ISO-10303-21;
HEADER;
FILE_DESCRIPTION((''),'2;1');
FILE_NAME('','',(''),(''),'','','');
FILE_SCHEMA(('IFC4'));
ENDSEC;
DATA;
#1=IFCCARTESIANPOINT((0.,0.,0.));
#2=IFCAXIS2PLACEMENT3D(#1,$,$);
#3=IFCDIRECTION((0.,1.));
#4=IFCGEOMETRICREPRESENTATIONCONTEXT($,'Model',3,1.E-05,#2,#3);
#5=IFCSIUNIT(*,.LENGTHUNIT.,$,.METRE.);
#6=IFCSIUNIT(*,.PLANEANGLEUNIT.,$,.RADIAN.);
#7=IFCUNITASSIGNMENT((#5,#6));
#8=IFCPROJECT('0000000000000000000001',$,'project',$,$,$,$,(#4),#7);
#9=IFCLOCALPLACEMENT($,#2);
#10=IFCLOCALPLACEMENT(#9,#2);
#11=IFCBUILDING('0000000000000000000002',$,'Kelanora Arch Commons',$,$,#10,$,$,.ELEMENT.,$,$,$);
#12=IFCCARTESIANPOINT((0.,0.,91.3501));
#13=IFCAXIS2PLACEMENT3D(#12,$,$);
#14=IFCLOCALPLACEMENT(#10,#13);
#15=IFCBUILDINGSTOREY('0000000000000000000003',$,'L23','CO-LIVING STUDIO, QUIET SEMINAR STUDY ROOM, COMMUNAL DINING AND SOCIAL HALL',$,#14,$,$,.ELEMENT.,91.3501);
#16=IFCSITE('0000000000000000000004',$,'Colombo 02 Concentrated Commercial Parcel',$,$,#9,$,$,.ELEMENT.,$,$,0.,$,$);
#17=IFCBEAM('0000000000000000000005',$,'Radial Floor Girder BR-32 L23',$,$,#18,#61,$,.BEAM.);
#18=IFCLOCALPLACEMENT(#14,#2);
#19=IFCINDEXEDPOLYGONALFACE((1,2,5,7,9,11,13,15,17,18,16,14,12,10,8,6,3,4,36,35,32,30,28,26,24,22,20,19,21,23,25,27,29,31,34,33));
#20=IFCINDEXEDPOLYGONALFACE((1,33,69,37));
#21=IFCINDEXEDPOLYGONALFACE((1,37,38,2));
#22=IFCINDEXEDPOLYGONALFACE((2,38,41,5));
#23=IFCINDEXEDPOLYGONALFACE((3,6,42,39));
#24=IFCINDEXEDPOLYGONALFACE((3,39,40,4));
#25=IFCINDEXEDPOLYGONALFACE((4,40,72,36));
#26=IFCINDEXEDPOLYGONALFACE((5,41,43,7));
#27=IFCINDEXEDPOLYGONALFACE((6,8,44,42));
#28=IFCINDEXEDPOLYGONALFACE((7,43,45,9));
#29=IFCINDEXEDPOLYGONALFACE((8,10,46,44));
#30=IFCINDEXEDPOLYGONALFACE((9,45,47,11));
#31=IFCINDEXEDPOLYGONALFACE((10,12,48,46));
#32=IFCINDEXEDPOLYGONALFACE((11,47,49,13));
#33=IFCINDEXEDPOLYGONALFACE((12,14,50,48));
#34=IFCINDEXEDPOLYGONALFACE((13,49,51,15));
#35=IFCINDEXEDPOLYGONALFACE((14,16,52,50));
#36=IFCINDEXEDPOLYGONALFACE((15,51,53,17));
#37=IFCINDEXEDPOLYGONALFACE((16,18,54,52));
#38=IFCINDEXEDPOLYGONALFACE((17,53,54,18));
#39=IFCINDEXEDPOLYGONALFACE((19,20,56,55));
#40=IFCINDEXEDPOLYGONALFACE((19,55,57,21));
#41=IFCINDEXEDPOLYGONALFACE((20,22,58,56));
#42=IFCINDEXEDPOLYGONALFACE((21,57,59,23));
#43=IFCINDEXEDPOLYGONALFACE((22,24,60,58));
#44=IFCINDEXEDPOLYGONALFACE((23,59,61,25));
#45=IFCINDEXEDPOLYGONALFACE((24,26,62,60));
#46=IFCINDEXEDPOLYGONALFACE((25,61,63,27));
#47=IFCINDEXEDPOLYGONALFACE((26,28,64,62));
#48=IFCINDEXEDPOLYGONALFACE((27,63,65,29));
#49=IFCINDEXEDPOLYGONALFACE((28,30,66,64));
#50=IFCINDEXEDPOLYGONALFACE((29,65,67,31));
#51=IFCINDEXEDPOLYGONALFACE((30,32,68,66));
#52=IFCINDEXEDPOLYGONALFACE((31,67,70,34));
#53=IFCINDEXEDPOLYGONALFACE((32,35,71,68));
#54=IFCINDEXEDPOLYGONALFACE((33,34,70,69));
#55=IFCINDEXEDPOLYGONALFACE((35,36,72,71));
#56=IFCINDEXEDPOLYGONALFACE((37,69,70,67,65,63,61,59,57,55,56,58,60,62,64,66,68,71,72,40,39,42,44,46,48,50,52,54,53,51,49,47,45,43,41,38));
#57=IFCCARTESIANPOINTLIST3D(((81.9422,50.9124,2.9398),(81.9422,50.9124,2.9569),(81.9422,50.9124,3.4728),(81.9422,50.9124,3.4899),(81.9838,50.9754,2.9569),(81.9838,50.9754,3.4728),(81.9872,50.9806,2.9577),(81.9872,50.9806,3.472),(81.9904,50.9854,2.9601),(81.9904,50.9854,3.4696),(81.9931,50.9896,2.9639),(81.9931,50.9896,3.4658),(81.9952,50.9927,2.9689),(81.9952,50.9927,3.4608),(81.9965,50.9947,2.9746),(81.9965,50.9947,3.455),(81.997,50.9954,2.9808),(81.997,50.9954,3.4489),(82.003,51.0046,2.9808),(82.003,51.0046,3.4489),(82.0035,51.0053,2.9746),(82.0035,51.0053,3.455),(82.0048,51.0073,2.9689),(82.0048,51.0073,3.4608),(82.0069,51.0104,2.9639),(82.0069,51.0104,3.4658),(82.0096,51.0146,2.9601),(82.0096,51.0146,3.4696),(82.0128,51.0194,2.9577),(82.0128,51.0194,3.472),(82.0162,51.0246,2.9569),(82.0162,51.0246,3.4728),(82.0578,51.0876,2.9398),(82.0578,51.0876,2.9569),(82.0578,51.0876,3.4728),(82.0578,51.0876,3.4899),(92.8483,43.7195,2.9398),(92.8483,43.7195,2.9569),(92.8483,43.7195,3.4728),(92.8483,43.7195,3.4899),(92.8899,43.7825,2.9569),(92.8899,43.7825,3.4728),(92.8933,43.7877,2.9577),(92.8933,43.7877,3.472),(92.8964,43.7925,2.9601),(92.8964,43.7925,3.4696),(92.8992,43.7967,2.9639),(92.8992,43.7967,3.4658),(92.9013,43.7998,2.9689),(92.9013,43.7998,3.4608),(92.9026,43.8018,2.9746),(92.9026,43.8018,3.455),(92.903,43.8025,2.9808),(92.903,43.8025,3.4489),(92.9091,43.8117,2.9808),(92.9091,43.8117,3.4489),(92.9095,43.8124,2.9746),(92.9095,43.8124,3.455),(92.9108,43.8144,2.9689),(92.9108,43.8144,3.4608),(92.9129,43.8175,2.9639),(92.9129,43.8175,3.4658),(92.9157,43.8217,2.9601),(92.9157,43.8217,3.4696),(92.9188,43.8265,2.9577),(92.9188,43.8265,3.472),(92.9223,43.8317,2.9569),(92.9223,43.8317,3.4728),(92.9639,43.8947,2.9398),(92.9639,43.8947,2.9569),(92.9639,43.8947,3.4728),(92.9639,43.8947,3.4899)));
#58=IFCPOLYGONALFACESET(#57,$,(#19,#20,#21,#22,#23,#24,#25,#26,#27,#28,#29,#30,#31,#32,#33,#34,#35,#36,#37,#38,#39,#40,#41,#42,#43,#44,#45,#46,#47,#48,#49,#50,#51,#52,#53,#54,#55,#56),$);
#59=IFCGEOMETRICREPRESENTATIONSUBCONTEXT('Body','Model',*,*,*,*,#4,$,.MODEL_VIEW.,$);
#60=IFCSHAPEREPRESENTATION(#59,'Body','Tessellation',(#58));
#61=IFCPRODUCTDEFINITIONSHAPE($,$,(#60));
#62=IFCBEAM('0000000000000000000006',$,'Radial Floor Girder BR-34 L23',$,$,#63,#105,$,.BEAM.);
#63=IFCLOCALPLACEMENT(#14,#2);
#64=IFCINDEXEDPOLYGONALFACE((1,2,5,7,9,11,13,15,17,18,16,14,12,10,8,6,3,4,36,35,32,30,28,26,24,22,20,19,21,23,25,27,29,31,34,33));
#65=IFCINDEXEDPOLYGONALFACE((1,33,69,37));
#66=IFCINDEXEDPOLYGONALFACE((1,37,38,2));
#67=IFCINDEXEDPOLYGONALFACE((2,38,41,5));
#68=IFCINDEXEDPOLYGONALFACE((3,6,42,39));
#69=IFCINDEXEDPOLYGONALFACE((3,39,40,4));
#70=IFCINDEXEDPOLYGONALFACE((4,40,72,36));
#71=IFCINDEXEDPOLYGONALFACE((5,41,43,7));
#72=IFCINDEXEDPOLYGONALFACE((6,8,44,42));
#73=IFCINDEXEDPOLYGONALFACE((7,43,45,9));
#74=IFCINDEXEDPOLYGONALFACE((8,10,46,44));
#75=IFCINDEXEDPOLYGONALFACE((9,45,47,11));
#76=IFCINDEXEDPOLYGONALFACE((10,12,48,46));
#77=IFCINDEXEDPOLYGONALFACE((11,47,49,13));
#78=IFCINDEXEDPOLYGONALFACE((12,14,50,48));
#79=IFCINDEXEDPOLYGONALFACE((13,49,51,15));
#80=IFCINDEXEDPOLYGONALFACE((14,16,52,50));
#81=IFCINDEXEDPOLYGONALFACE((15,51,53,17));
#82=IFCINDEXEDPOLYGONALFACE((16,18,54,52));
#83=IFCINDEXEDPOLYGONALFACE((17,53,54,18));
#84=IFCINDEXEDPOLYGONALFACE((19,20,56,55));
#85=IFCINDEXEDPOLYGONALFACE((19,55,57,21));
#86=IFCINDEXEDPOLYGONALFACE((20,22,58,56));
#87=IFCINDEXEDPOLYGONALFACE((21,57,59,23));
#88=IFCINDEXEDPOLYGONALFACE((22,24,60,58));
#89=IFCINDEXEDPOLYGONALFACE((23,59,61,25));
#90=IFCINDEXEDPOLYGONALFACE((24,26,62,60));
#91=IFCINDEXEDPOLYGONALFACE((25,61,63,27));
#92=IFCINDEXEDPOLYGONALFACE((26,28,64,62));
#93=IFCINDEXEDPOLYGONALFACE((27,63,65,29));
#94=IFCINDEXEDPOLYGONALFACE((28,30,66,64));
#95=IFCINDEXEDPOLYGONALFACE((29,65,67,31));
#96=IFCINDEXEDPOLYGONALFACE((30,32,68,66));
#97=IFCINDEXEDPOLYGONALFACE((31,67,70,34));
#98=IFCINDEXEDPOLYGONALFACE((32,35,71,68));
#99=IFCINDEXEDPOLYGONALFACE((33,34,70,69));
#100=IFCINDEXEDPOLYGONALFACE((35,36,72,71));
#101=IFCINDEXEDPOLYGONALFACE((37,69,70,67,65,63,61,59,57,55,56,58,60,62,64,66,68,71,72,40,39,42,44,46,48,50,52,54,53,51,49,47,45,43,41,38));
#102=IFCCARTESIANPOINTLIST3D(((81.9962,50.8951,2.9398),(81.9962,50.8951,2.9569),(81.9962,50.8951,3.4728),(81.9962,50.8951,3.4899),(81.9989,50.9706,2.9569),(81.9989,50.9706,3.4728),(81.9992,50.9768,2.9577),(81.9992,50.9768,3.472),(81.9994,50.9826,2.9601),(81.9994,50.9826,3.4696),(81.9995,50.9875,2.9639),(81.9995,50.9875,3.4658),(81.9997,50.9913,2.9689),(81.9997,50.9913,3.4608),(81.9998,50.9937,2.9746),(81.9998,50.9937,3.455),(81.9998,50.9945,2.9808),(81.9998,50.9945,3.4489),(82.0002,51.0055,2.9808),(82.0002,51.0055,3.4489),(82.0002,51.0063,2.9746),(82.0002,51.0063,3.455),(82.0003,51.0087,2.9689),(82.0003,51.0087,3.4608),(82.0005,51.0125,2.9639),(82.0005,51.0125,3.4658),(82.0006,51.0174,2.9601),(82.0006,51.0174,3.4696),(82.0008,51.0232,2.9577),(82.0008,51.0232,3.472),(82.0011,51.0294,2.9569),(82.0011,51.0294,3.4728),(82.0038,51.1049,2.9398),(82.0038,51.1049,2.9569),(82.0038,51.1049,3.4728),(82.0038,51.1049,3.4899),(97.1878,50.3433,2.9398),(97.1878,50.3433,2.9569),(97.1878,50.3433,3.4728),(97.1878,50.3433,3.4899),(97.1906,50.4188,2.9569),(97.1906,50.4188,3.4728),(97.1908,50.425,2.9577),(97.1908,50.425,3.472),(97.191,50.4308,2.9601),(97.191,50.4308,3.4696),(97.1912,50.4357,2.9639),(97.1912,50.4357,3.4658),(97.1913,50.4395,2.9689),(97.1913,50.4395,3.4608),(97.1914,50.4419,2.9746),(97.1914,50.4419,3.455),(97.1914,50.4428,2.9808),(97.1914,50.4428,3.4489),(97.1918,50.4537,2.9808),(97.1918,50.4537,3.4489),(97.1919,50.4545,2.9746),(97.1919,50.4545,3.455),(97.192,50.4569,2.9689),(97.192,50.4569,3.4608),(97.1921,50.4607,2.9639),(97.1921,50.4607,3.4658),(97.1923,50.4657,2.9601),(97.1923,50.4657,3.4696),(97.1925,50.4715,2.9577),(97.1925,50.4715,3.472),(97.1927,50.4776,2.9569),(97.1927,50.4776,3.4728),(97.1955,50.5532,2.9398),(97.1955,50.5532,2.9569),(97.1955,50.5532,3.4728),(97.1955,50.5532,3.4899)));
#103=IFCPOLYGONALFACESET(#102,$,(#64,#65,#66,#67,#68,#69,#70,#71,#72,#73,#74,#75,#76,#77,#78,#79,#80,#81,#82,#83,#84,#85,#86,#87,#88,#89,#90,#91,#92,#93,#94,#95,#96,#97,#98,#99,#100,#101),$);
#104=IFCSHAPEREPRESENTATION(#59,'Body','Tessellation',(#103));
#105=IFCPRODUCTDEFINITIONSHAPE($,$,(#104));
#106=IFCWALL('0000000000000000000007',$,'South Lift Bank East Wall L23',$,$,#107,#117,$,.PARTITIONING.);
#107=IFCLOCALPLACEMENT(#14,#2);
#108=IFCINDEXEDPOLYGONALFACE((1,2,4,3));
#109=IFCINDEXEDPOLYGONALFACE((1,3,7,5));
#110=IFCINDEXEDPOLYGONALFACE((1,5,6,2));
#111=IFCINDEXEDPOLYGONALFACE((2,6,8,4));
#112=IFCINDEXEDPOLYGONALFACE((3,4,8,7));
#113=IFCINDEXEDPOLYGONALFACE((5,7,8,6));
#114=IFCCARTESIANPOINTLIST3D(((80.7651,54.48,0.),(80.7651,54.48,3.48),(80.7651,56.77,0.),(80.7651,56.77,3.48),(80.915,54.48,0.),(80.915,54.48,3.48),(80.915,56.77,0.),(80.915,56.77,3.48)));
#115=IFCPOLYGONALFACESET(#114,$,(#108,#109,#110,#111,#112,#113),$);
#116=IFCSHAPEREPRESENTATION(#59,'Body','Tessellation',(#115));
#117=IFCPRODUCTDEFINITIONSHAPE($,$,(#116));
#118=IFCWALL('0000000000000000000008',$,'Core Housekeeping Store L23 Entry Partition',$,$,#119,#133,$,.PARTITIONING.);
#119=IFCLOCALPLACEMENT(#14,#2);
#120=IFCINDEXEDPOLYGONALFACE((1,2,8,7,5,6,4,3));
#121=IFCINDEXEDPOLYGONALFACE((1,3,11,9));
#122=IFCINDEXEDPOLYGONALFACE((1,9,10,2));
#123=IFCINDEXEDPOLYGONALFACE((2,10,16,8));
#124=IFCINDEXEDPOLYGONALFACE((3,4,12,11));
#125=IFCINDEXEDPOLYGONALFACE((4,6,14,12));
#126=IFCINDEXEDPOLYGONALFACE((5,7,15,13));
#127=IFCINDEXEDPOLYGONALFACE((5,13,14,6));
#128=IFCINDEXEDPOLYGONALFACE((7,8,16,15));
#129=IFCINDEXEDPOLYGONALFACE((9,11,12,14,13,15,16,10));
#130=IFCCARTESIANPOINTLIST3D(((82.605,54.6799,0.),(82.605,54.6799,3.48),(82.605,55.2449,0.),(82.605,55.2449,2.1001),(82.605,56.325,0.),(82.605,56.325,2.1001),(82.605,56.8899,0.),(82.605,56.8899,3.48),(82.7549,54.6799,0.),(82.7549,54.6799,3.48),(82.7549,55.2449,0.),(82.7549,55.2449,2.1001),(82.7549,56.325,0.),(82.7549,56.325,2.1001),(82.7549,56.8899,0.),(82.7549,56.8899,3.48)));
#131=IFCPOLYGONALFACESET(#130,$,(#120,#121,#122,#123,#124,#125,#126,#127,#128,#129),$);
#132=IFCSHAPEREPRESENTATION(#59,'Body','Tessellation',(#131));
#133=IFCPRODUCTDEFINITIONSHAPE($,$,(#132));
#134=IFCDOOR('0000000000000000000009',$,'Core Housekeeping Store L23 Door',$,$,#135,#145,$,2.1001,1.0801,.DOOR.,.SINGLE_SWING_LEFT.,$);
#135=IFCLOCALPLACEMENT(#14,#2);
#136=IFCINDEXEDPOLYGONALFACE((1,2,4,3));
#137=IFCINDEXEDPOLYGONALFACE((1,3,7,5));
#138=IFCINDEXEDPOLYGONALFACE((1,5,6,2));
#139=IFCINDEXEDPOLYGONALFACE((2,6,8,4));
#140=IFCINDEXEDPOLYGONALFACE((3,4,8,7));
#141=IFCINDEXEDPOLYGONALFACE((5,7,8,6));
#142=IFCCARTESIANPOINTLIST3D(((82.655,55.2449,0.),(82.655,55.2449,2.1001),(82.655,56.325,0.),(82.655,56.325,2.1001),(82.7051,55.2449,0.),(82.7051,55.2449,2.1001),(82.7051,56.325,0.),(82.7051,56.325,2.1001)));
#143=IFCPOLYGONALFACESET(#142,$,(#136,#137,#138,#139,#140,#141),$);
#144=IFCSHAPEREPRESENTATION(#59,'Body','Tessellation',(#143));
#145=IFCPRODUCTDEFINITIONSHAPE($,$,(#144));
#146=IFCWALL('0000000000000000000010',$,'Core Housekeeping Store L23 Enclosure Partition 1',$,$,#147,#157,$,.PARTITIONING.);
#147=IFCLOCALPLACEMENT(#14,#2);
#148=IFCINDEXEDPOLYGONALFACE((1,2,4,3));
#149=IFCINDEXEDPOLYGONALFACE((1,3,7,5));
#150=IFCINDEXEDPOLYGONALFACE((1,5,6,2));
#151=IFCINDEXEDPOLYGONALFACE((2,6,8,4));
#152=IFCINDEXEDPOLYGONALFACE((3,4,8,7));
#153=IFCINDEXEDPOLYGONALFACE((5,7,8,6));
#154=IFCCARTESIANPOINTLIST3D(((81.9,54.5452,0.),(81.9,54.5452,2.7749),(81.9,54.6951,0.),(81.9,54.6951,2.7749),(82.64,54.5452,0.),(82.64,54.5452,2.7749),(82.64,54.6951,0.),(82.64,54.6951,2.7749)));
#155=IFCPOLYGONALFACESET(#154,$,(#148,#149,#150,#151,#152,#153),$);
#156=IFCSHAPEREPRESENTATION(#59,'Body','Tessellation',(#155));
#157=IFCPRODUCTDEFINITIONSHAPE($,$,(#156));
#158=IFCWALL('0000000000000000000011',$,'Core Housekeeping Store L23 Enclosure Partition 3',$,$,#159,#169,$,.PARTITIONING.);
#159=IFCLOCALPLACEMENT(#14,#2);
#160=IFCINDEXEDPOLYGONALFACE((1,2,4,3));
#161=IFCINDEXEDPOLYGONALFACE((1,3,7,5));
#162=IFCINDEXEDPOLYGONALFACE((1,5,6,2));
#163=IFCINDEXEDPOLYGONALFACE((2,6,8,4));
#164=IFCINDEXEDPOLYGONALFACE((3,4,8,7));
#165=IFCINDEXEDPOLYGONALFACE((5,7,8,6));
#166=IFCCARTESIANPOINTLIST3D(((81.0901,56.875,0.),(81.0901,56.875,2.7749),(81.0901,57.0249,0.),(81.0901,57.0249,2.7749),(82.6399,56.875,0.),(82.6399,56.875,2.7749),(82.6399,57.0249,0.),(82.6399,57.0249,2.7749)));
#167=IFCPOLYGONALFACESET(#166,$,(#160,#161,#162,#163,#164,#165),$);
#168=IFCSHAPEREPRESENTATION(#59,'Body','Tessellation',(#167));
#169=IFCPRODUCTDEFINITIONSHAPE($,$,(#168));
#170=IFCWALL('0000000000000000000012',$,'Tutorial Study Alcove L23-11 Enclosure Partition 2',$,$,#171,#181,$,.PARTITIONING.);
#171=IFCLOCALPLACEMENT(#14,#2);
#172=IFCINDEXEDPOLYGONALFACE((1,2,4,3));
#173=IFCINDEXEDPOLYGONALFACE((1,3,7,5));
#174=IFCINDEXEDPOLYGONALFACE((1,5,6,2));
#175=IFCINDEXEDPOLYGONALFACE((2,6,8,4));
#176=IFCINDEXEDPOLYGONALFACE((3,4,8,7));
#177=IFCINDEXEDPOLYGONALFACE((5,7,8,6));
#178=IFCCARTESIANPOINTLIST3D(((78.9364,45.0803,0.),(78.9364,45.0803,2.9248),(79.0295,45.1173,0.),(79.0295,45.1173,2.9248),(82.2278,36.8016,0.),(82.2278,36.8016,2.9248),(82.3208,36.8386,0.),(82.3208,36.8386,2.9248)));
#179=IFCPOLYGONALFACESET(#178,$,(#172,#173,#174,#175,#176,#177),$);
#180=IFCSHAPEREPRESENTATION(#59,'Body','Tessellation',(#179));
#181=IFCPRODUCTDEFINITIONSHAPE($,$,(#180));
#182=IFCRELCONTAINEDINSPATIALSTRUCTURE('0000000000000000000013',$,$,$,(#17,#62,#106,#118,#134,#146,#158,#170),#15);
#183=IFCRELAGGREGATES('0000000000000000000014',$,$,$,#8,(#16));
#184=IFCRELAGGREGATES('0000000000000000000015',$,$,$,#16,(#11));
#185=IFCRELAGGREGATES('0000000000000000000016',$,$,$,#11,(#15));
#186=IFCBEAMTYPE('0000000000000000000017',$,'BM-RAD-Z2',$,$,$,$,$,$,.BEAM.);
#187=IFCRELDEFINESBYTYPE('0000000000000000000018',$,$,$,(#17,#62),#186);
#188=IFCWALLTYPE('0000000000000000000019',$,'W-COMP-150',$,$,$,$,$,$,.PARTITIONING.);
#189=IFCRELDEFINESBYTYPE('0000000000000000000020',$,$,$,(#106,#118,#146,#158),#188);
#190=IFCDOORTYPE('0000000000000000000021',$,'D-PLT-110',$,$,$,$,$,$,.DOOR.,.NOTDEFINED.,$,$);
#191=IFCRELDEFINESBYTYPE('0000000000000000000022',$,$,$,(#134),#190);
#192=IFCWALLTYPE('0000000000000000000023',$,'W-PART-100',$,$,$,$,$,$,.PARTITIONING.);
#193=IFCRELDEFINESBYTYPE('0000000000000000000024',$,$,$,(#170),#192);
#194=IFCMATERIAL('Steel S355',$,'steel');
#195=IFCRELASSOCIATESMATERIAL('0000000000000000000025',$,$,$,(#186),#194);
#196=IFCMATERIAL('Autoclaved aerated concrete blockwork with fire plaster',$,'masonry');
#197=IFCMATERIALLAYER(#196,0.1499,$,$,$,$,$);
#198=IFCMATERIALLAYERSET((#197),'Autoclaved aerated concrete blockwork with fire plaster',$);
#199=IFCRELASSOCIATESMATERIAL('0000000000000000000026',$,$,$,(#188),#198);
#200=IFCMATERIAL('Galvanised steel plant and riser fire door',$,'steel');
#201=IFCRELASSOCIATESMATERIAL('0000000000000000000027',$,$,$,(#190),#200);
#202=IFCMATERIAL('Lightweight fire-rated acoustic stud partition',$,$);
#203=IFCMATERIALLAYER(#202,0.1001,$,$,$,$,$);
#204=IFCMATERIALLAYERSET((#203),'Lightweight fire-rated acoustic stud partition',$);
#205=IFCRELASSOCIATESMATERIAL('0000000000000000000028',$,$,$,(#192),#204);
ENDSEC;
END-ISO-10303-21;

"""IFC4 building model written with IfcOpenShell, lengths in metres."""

from ifc_helpers import new_model, si_unit, direction, frame, frame_2d, origin, origin_2d, place, context, subcontext, project, spatial, rectangle, i_section, extrude, material, layer, layer_set, material_profile, profile_set, type_object, element, fill, save


model = new_model("IFC4")

# Units and contexts
model_context = context("Model", 3, precision=1e-05, world=origin(), true_north=direction((0.0, 1.0)))
body_context = subcontext(model_context, "Body", "Model", "MODEL_VIEW")
ifc_project = project(units=[si_unit("LENGTHUNIT", "METRE"), si_unit("PLANEANGLEUNIT", "RADIAN")], contexts=[model_context])

# Site, building, storey
site_placement = place(None, origin())
site = spatial("IfcSite", under=ifc_project, at=site_placement, Name="Colombo 02 Concentrated Commercial Parcel", CompositionType="ELEMENT", RefElevation=0.0)
building_placement = place(site_placement, origin())
building = spatial("IfcBuilding", under=site, at=building_placement, Name="Kelanora Arch Commons", CompositionType="ELEMENT")
storey_placement = place(building_placement, frame((0.0, 0.0, 91.3501)))
storey = spatial("IfcBuildingStorey", under=building, at=storey_placement, Name="L23", Description="CO-LIVING STUDIO, QUIET SEMINAR STUDY ROOM, COMMUNAL DINING AND SOCIAL HALL", CompositionType="ELEMENT", Elevation=91.3501)

# Beams
ifc_material_1 = material(Name="Steel S355", Category="steel")
ifc_material_profile_1 = material_profile(ifc_material_1, i_section(OverallWidth=0.21, OverallDepth=0.55, WebThickness=0.011, FlangeThickness=0.0171, FilletRadius=0.0239, at=origin_2d()), Name="IPE550")
ifc_profile_set_1 = profile_set([ifc_material_profile_1], Name="Steel S355")
beam_type_1 = type_object("IfcBeamType", Name="BM-RAD-Z2", PredefinedType="BEAM", material=ifc_profile_set_1)
beam_1_placement = place(storey_placement, frame((82.0, 51.0, 3.2148), z_axis=(0.834789, -0.550571, 0.0), x_axis=(0.550571, 0.834789, 0.0)))
element("IfcBeam", 1, at=beam_1_placement, inside=storey, type_object=beam_type_1, Name="Radial Floor Girder BR-32 L23", PredefinedType="BEAM", context=body_context, shape_type="SweptSolid", body=[
    extrude(i_section(OverallWidth=0.21, OverallDepth=0.55, WebThickness=0.011, FlangeThickness=0.0171, FilletRadius=0.0239, at=origin_2d()), origin(), (0.0, 0.0, 1.0), 13.0645),
])
beam_2_placement = place(storey_placement, frame((82.0, 51.0, 3.2148), z_axis=(0.999341, -0.036296, 0.0), x_axis=(0.036296, 0.999341, 0.0)))
element("IfcBeam", 2, at=beam_2_placement, inside=storey, type_object=beam_type_1, Name="Radial Floor Girder BR-34 L23", PredefinedType="BEAM", context=body_context, shape_type="SweptSolid", body=[
    extrude(i_section(OverallWidth=0.21, OverallDepth=0.55, WebThickness=0.011, FlangeThickness=0.0171, FilletRadius=0.0239, at=origin_2d()), origin(), (0.0, 0.0, 1.0), 15.2017),
])

# Wall
ifc_material_2 = material(Name="Autoclaved aerated concrete blockwork with fire plaster", Category="masonry")
ifc_layer_1 = layer(ifc_material_2, 0.1499)
ifc_layer_set_1 = layer_set([ifc_layer_1], Name="Autoclaved aerated concrete blockwork with fire plaster")
wall_type_1 = type_object("IfcWallType", Name="W-COMP-150", PredefinedType="PARTITIONING", material=ifc_layer_set_1)
wall_1_placement = place(storey_placement, frame((80.8401, 54.48, 0.0), z_axis=(0.0, 0.0, 1.0), x_axis=(0.0, 1.0, 0.0)))
element("IfcWall", 3, at=wall_1_placement, inside=storey, type_object=wall_type_1, Name="South Lift Bank East Wall L23", PredefinedType="PARTITIONING", context=body_context, shape_type="SweptSolid", body=[
    extrude(rectangle(XDim=2.29, YDim=0.1499, at=frame_2d((1.145, 0.0))), origin(), (0.0, 0.0, 1.0), 3.48),
])

# Wall, opening, door
wall_2_placement = place(storey_placement, frame((82.6799, 54.6799, 0.0), z_axis=(0.0, 0.0, 1.0), x_axis=(0.0, 1.0, 0.0)))
wall_2 = element("IfcWall", 4, at=wall_2_placement, inside=storey, type_object=wall_type_1, Name="Core Housekeeping Store L23 Entry Partition", PredefinedType="PARTITIONING", context=body_context, shape_type="SweptSolid", body=[
    extrude(rectangle(XDim=2.21, YDim=0.1499, at=frame_2d((1.105, 0.0))), origin(), (0.0, 0.0, 1.0), 3.48),
])
opening_1_placement = place(wall_2_placement, frame((0.5649, 0.0, 0.0)))
opening_1 = element("IfcOpeningElement", 5, at=opening_1_placement, cuts=wall_2, PredefinedType="OPENING", context=body_context, shape_type="SweptSolid", body=[
    extrude(rectangle(XDim=1.0801, YDim=2.1001, at=frame_2d((0.54, 1.05))), frame((0.0, 0.085, 0.0), z_axis=(0.0, -1.0, 0.0), x_axis=(1.0, 0.0, 0.0)), (0.0, 0.0, 1.0), 0.1699),
])
ifc_material_3 = material(Name="Galvanised steel plant and riser fire door", Category="steel")
door_type_1 = type_object("IfcDoorType", Name="D-PLT-110", OperationType="NOTDEFINED", PredefinedType="DOOR", material=ifc_material_3)
door_1_placement = place(opening_1_placement, origin())
door_1 = element("IfcDoor", 6, at=door_1_placement, inside=storey, type_object=door_type_1, Name="Core Housekeeping Store L23 Door", OperationType="SINGLE_SWING_LEFT", OverallHeight=2.1001, OverallWidth=1.0801, PredefinedType="DOOR", context=body_context, shape_type="SweptSolid", body=[
    extrude(rectangle(XDim=1.0801, YDim=2.1001, at=frame_2d((0.54, 1.05))), frame((0.0, 0.0249, 0.0), z_axis=(0.0, -1.0, 0.0), x_axis=(1.0, 0.0, 0.0)), (0.0, 0.0, 1.0), 0.05),
])
fill(opening_1, door_1)

# Walls
wall_3_placement = place(storey_placement, frame((81.8999, 54.6201, 0.0), z_axis=(0.0, 0.0, 1.0), x_axis=(1.0, 0.0, 0.0)))
element("IfcWall", 7, at=wall_3_placement, inside=storey, type_object=wall_type_1, Name="Core Housekeeping Store L23 Enclosure Partition 1", PredefinedType="PARTITIONING", context=body_context, shape_type="SweptSolid", body=[
    extrude(rectangle(XDim=0.74, YDim=0.1499, at=frame_2d((0.3701, 0.0))), origin(), (0.0, 0.0, 1.0), 2.7749),
])
wall_4_placement = place(storey_placement, frame((82.6399, 56.95, 0.0), z_axis=(0.0, 0.0, 1.0), x_axis=(-1.0, 0.0, 0.0)))
element("IfcWall", 8, at=wall_4_placement, inside=storey, type_object=wall_type_1, Name="Core Housekeeping Store L23 Enclosure Partition 3", PredefinedType="PARTITIONING", context=body_context, shape_type="SweptSolid", body=[
    extrude(rectangle(XDim=1.5498, YDim=0.1499, at=frame_2d((0.7749, 0.0))), origin(), (0.0, 0.0, 1.0), 2.7749),
])
ifc_material_4 = material(Name="Lightweight fire-rated acoustic stud partition")
ifc_layer_2 = layer(ifc_material_4, 0.1001)
ifc_layer_set_2 = layer_set([ifc_layer_2], Name="Lightweight fire-rated acoustic stud partition")
wall_type_2 = type_object("IfcWallType", Name="W-PART-100", PredefinedType="PARTITIONING", material=ifc_layer_set_2)
wall_5_placement = place(storey_placement, frame((78.9829, 45.0989, 0.0), z_axis=(0.0, 0.0, 1.0), x_axis=(0.369438, -0.929255, 0.0)))
element("IfcWall", 9, at=wall_5_placement, inside=storey, type_object=wall_type_2, Name="Tutorial Study Alcove L23-11 Enclosure Partition 2", PredefinedType="PARTITIONING", context=body_context, shape_type="SweptSolid", body=[
    extrude(rectangle(XDim=8.9089, YDim=0.1001, at=frame_2d((4.4546, 0.0))), origin(), (0.0, 0.0, 1.0), 2.9248),
])

save(model, "model.ifc")
